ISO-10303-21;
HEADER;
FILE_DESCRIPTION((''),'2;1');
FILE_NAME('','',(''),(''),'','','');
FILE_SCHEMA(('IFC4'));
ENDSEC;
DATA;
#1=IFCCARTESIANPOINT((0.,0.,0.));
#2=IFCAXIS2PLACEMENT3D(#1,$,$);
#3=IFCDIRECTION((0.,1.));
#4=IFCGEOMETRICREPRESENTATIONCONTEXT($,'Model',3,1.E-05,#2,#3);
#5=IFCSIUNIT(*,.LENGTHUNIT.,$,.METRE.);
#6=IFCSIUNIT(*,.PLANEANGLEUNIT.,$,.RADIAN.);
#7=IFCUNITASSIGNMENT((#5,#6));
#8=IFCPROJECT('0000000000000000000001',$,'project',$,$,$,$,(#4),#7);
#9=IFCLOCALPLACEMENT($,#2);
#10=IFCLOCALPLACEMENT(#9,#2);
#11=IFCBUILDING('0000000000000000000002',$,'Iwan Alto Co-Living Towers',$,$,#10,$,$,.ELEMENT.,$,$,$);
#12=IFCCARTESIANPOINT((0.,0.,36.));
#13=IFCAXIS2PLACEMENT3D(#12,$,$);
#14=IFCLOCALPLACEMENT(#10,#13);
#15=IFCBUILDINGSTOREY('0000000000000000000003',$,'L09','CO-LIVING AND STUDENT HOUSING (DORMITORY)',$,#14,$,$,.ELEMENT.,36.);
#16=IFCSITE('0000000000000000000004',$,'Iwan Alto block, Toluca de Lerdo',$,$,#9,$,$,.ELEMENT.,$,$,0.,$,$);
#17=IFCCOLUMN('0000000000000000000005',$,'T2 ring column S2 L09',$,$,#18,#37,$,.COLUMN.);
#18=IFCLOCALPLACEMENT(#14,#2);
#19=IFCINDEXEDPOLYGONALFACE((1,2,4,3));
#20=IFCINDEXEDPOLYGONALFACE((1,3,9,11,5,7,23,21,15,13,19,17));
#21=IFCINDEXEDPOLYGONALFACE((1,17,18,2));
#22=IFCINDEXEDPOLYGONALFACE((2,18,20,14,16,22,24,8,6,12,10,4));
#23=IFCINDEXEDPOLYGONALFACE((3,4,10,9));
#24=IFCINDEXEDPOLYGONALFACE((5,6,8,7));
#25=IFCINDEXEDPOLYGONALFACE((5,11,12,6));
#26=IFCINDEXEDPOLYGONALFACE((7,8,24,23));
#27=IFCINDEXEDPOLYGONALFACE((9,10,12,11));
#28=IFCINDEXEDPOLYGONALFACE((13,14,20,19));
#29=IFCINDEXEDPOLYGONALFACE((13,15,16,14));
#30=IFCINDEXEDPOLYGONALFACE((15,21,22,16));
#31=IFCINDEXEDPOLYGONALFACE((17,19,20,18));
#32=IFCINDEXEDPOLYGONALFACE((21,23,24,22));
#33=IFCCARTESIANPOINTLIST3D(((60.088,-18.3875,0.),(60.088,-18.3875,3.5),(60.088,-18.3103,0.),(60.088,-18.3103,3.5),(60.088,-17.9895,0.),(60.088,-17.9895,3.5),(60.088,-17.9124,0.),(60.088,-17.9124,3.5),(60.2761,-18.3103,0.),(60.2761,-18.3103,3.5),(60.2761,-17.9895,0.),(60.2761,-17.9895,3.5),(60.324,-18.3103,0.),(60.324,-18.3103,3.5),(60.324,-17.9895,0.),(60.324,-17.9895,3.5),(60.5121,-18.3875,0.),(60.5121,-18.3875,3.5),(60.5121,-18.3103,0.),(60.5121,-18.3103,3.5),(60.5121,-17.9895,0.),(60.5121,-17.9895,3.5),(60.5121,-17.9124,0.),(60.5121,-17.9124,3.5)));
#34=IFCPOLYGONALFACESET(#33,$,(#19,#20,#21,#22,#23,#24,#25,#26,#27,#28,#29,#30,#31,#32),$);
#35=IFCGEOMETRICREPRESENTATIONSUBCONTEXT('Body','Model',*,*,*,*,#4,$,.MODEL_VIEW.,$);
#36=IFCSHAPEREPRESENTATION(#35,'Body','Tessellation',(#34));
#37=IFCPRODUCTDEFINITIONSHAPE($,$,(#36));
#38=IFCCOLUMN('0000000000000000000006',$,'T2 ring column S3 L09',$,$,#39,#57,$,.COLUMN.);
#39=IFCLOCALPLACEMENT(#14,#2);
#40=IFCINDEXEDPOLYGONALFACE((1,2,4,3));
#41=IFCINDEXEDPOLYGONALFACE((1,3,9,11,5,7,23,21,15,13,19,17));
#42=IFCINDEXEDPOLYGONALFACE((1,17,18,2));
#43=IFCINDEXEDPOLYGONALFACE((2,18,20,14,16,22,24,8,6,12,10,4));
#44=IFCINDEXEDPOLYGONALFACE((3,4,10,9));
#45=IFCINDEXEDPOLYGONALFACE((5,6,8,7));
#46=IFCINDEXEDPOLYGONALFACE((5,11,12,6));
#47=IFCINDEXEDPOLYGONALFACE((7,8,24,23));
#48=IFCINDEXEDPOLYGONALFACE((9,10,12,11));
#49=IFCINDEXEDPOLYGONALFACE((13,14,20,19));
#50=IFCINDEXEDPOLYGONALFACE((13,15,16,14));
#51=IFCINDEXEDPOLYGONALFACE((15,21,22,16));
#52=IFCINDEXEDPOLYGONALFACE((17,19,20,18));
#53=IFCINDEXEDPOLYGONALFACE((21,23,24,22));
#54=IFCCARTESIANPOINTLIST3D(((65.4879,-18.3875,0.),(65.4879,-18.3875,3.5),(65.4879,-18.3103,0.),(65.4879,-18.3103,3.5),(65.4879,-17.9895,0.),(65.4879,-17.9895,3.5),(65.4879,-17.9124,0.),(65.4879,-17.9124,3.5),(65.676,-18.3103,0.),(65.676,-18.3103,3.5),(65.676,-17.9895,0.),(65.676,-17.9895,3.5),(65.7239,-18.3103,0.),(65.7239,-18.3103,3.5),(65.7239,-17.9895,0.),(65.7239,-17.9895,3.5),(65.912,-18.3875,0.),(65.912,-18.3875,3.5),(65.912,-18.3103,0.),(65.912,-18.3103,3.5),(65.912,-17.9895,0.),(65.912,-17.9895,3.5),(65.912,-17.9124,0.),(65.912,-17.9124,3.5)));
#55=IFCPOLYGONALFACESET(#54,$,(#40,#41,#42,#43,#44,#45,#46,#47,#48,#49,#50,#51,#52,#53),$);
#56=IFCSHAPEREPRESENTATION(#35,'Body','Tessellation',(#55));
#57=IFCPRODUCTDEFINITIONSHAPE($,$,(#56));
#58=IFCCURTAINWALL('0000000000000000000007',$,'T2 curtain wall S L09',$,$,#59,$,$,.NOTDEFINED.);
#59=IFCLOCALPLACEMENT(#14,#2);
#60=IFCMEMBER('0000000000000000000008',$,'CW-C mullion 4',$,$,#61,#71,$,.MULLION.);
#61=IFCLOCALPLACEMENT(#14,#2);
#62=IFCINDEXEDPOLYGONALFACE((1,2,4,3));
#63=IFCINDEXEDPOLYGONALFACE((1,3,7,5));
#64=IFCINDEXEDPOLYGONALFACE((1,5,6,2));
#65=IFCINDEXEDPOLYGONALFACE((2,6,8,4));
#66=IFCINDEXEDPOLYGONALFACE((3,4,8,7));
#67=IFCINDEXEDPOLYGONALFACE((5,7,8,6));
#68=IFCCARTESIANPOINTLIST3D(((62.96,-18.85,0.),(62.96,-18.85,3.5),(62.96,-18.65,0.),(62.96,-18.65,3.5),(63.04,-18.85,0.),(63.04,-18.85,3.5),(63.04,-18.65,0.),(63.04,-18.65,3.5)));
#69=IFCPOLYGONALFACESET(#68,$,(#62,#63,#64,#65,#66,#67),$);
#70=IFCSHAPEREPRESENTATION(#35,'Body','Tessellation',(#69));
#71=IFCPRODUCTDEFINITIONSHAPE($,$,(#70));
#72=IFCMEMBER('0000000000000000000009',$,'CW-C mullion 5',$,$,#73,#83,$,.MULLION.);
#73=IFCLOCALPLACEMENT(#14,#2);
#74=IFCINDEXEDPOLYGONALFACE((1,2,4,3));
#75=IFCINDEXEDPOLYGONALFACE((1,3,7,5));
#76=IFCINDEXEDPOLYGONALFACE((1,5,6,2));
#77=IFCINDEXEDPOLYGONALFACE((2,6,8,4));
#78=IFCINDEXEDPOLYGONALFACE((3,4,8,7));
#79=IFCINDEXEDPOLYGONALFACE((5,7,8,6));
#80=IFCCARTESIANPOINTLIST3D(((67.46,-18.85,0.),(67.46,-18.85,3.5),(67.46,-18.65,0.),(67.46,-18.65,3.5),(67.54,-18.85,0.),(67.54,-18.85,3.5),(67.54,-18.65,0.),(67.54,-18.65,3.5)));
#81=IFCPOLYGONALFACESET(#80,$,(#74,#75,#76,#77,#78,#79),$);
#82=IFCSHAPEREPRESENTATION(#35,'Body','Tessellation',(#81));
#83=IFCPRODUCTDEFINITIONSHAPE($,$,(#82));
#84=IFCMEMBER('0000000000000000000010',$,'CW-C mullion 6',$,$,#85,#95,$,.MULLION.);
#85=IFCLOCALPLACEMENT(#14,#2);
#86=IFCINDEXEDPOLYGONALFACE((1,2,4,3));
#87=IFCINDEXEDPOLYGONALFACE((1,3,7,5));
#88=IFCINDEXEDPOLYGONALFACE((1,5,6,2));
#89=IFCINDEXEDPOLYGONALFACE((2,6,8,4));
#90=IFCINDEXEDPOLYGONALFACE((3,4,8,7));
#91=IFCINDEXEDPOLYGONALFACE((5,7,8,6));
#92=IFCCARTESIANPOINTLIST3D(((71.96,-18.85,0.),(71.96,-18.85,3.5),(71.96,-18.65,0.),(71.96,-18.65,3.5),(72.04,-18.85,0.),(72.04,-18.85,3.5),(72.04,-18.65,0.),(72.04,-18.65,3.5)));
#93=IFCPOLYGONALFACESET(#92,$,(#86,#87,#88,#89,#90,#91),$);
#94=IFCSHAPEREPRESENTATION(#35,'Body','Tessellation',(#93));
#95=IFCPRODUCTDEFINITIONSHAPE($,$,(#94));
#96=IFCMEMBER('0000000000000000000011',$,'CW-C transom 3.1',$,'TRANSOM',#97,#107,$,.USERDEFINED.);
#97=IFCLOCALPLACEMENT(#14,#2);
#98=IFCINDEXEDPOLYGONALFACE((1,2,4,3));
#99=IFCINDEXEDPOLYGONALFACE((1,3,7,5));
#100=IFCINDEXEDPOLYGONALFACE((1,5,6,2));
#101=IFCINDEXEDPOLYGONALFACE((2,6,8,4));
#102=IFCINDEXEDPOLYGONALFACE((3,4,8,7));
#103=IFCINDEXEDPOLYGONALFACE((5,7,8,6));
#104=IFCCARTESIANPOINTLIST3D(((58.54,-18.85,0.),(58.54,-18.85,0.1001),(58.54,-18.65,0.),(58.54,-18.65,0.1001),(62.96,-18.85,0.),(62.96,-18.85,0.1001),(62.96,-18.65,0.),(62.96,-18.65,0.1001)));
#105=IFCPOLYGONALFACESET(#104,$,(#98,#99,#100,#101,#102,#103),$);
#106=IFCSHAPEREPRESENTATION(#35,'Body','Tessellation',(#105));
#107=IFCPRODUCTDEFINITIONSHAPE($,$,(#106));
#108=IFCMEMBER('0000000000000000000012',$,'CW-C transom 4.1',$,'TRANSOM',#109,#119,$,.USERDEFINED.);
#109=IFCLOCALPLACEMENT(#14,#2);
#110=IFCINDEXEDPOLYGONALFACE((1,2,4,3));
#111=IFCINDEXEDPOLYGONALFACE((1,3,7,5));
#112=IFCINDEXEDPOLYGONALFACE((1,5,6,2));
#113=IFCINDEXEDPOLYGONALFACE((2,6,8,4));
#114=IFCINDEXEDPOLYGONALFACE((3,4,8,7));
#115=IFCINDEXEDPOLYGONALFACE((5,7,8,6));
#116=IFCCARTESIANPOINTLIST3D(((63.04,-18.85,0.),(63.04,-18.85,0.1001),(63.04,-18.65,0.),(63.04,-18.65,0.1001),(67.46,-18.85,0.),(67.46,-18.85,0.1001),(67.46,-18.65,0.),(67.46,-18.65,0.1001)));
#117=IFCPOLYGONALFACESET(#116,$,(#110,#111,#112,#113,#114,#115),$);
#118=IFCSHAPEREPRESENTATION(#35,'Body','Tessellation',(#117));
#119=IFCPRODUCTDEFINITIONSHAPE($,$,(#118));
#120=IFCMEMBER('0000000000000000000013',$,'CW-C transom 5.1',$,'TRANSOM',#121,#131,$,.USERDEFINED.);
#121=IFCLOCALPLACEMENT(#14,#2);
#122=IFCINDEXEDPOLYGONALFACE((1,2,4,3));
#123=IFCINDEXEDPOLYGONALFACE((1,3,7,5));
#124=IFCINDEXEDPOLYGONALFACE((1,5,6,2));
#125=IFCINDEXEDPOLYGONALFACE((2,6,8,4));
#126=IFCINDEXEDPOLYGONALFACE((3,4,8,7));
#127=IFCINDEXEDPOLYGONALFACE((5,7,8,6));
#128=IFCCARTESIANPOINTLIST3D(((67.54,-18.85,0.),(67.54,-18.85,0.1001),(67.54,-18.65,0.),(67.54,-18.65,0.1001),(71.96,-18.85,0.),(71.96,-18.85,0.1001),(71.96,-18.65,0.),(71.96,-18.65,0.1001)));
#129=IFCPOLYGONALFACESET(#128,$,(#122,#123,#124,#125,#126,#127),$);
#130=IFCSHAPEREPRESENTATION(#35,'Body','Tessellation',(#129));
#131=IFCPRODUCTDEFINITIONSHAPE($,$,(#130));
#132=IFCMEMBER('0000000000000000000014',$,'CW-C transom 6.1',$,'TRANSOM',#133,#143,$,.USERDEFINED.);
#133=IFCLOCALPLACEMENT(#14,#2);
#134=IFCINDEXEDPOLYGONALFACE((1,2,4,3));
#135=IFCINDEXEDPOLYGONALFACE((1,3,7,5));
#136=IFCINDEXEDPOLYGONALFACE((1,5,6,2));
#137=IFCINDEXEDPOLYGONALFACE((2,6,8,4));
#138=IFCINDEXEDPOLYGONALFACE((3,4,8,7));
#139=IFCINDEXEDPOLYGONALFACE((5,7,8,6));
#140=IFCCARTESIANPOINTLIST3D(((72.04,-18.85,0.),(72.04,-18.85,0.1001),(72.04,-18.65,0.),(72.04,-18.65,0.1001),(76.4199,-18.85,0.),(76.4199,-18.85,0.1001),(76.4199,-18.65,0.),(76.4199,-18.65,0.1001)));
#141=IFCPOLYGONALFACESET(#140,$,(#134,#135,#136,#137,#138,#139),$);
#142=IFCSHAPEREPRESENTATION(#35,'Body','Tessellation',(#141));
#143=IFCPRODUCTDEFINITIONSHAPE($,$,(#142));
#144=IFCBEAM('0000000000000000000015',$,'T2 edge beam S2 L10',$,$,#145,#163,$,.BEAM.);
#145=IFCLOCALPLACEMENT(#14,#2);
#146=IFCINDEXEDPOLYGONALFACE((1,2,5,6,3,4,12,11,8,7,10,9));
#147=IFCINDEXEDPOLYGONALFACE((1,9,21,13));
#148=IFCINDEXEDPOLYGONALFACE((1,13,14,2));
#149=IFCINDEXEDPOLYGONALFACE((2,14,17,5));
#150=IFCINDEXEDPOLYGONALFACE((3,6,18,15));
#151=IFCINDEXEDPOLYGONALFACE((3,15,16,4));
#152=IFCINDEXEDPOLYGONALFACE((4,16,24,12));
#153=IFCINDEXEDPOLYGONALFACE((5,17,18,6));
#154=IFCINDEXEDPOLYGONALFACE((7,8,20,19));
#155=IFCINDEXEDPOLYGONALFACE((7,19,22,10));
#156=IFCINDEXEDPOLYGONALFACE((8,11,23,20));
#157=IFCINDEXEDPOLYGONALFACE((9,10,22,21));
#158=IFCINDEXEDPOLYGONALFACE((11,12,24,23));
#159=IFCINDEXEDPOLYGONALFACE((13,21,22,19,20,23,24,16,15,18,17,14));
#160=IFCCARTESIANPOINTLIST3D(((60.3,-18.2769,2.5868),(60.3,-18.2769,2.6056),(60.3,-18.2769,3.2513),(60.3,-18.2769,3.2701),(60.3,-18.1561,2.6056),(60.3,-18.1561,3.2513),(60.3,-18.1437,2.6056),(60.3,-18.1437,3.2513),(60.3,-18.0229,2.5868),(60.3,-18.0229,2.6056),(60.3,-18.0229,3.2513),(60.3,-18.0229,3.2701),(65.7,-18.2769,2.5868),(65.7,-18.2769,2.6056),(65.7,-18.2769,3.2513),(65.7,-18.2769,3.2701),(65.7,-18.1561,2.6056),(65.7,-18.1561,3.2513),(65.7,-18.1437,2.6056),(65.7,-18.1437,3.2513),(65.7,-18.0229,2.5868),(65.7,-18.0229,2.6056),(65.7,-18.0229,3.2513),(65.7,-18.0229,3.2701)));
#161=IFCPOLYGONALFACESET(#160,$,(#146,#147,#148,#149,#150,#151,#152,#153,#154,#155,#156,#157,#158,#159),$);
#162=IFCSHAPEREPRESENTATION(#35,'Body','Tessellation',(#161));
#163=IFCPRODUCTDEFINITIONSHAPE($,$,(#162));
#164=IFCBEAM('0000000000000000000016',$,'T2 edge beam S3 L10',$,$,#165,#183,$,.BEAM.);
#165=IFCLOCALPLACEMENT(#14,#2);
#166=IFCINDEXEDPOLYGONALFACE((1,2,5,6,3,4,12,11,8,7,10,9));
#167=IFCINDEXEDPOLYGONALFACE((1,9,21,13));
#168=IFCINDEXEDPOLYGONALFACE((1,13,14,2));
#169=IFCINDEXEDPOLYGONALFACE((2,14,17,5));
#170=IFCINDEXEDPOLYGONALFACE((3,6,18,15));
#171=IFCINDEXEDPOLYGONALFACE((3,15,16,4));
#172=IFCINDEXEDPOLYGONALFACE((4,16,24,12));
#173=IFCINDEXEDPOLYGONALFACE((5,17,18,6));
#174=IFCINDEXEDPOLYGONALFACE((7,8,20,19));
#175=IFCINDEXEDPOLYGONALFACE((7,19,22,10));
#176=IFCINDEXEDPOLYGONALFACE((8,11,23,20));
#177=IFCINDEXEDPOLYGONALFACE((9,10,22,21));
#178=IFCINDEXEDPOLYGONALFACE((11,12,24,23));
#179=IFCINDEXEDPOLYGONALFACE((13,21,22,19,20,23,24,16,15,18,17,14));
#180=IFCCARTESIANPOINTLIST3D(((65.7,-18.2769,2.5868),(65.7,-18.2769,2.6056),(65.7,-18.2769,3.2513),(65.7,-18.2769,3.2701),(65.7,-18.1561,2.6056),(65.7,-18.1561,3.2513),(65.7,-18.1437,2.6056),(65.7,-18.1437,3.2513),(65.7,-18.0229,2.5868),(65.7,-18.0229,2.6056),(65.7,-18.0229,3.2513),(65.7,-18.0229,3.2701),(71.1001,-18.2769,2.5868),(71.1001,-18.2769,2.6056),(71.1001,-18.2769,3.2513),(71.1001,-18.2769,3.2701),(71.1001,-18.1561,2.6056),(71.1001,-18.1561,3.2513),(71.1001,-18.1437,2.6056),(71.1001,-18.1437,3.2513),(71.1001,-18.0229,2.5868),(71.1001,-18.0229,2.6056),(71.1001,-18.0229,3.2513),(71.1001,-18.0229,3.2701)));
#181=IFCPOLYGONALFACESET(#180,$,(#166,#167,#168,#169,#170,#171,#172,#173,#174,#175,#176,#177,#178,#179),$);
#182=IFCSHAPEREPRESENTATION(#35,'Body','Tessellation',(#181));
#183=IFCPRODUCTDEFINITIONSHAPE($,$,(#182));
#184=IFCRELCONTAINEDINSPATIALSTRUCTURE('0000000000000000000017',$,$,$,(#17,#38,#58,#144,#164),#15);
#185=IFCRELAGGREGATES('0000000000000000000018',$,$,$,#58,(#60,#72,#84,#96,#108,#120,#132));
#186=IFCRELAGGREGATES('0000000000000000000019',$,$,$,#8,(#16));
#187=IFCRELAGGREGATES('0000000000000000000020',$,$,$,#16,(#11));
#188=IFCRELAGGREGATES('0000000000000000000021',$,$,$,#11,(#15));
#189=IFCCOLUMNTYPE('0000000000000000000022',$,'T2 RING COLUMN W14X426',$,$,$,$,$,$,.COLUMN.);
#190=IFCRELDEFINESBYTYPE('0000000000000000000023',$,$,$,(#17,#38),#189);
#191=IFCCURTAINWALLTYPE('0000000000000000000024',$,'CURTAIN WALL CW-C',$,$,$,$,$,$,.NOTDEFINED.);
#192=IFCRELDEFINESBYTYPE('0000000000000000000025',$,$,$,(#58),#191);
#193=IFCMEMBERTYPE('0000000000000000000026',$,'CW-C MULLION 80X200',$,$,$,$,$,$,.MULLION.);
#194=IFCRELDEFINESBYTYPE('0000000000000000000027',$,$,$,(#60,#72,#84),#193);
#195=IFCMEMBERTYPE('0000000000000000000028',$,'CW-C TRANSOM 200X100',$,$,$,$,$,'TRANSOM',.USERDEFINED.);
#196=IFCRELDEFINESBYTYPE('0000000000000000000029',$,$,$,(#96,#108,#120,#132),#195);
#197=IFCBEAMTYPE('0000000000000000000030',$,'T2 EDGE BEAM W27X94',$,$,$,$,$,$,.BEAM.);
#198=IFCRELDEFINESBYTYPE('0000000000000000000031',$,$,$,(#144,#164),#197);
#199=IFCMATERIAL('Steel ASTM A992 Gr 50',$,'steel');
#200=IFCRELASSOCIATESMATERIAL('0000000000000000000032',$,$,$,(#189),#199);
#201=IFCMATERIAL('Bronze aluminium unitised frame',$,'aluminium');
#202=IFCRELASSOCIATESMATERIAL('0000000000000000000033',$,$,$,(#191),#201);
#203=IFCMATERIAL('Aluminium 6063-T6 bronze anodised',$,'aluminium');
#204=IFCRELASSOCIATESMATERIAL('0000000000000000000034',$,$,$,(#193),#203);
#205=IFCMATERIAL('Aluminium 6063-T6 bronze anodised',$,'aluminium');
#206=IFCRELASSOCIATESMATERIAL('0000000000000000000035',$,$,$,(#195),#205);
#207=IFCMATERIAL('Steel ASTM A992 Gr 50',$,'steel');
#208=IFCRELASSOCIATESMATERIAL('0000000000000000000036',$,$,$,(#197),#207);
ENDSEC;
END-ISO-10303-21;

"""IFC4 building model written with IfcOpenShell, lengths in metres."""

from ifc_helpers import new_model, si_unit, direction, frame, origin, origin_2d, place, context, subcontext, project, spatial, rectangle, i_section, extrude, material, material_profile, profile_set, type_object, element, aggregate, save


model = new_model("IFC4")

# Units and contexts
model_context = context("Model", 3, precision=1e-05, world=origin(), true_north=direction((0.0, 1.0)))
body_context = subcontext(model_context, "Body", "Model", "MODEL_VIEW")
ifc_project = project(units=[si_unit("LENGTHUNIT", "METRE"), si_unit("PLANEANGLEUNIT", "RADIAN")], contexts=[model_context])

# Site, building, storey
site_placement = place(None, origin())
site = spatial("IfcSite", under=ifc_project, at=site_placement, Name="Iwan Alto block, Toluca de Lerdo", CompositionType="ELEMENT", RefElevation=0.0)
building_placement = place(site_placement, origin())
building = spatial("IfcBuilding", under=site, at=building_placement, Name="Iwan Alto Co-Living Towers", CompositionType="ELEMENT")
storey_placement = place(building_placement, frame((0.0, 0.0, 36.0)))
storey = spatial("IfcBuildingStorey", under=building, at=storey_placement, Name="L09", Description="CO-LIVING AND STUDENT HOUSING (DORMITORY)", CompositionType="ELEMENT", Elevation=36.0)

# Columns
ifc_material_1 = material(Name="Steel ASTM A992 Gr 50", Category="steel")
ifc_material_profile_1 = material_profile(ifc_material_1, i_section(OverallWidth=0.4241, OverallDepth=0.4751, WebThickness=0.0479, FlangeThickness=0.0771, at=origin_2d()), Name="W14X426")
ifc_profile_set_1 = profile_set([ifc_material_profile_1], Name="Steel ASTM A992 Gr 50")
column_type = type_object("IfcColumnType", Name="T2 RING COLUMN W14X426", PredefinedType="COLUMN", material=ifc_profile_set_1)
for number, where, z_axis, x_axis, name in (
    (1, (60.3, -18.1499, 0.0), (0.0, 0.0, 1.0), (1.0, 0.0, 0.0), "T2 ring column S2 L09"),
    (2, (65.7, -18.1499, 0.0), (0.0, 0.0, 1.0), (1.0, 0.0, 0.0), "T2 ring column S3 L09"),
):
    element("IfcColumn", number, at=place(storey_placement, frame(where, z_axis=z_axis, x_axis=x_axis)), inside=storey, type_object=column_type, Name=name, PredefinedType="COLUMN", context=body_context, shape_type="SweptSolid", body=[
        extrude(i_section(OverallWidth=0.4241, OverallDepth=0.4751, WebThickness=0.0479, FlangeThickness=0.0771, at=origin_2d()), origin(), (0.0, 0.0, 1.0), 3.5),
    ])

# Curtain wall, members
ifc_material_2 = material(Name="Bronze aluminium unitised frame", Category="aluminium")
curtain_wall_type = type_object("IfcCurtainWallType", Name="CURTAIN WALL CW-C", PredefinedType="NOTDEFINED", material=ifc_material_2)
curtain_wall_placement = place(storey_placement, origin())
curtain_wall = element("IfcCurtainWall", 3, at=curtain_wall_placement, inside=storey, type_object=curtain_wall_type, Name="T2 curtain wall S L09", PredefinedType="NOTDEFINED")
ifc_material_3 = material(Name="Aluminium 6063-T6 bronze anodised", Category="aluminium")
ifc_material_profile_2 = material_profile(ifc_material_3, rectangle(XDim=0.2, YDim=0.0801, at=origin_2d()), Name="AL 80X200")
ifc_profile_set_2 = profile_set([ifc_material_profile_2], Name="Aluminium 6063-T6 bronze anodised")
member_type_1 = type_object("IfcMemberType", Name="CW-C MULLION 80X200", PredefinedType="MULLION", material=ifc_profile_set_2)
member_1_placement = place(storey_placement, frame((63.0, -18.75, 0.0), z_axis=(0.0, 0.0, 1.0), x_axis=(0.0, 1.0, 0.0)))
member_1 = element("IfcMember", 4, at=member_1_placement, type_object=member_type_1, Name="CW-C mullion 4", PredefinedType="MULLION", context=body_context, shape_type="SweptSolid", body=[
    extrude(rectangle(XDim=0.2, YDim=0.0801, at=origin_2d()), origin(), (0.0, 0.0, 1.0), 3.5),
])
member_2_placement = place(storey_placement, frame((67.5, -18.75, 0.0), z_axis=(0.0, 0.0, 1.0), x_axis=(0.0, 1.0, 0.0)))
member_2 = element("IfcMember", 5, at=member_2_placement, type_object=member_type_1, Name="CW-C mullion 5", PredefinedType="MULLION", context=body_context, shape_type="SweptSolid", body=[
    extrude(rectangle(XDim=0.2, YDim=0.0801, at=origin_2d()), origin(), (0.0, 0.0, 1.0), 3.5),
])
member_3_placement = place(storey_placement, frame((72.0, -18.75, 0.0), z_axis=(0.0, 0.0, 1.0), x_axis=(0.0, 1.0, 0.0)))
member_3 = element("IfcMember", 6, at=member_3_placement, type_object=member_type_1, Name="CW-C mullion 6", PredefinedType="MULLION", context=body_context, shape_type="SweptSolid", body=[
    extrude(rectangle(XDim=0.2, YDim=0.0801, at=origin_2d()), origin(), (0.0, 0.0, 1.0), 3.5),
])
ifc_material_4 = material(Name="Aluminium 6063-T6 bronze anodised", Category="aluminium")
ifc_material_profile_3 = material_profile(ifc_material_4, rectangle(XDim=0.2, YDim=0.1001, at=origin_2d()), Name="AL 200X100")
ifc_profile_set_3 = profile_set([ifc_material_profile_3], Name="Aluminium 6063-T6 bronze anodised")
member_type_2 = type_object("IfcMemberType", Name="CW-C TRANSOM 200X100", ElementType="TRANSOM", PredefinedType="USERDEFINED", material=ifc_profile_set_3)
member_4_placement = place(storey_placement, frame((58.54, -18.75, 0.05), z_axis=(1.0, 0.0, 0.0), x_axis=(0.0, 1.0, 0.0)))
member_4 = element("IfcMember", 7, at=member_4_placement, type_object=member_type_2, Name="CW-C transom 3.1", ObjectType="TRANSOM", PredefinedType="USERDEFINED", context=body_context, shape_type="SweptSolid", body=[
    extrude(rectangle(XDim=0.2, YDim=0.1001, at=origin_2d()), origin(), (0.0, 0.0, 1.0), 4.4199),
])
member_5_placement = place(storey_placement, frame((63.04, -18.75, 0.05), z_axis=(1.0, 0.0, 0.0), x_axis=(0.0, 1.0, 0.0)))
member_5 = element("IfcMember", 8, at=member_5_placement, type_object=member_type_2, Name="CW-C transom 4.1", ObjectType="TRANSOM", PredefinedType="USERDEFINED", context=body_context, shape_type="SweptSolid", body=[
    extrude(rectangle(XDim=0.2, YDim=0.1001, at=origin_2d()), origin(), (0.0, 0.0, 1.0), 4.4199),
])
member_6_placement = place(storey_placement, frame((67.54, -18.75, 0.05), z_axis=(1.0, 0.0, 0.0), x_axis=(0.0, 1.0, 0.0)))
member_6 = element("IfcMember", 9, at=member_6_placement, type_object=member_type_2, Name="CW-C transom 5.1", ObjectType="TRANSOM", PredefinedType="USERDEFINED", context=body_context, shape_type="SweptSolid", body=[
    extrude(rectangle(XDim=0.2, YDim=0.1001, at=origin_2d()), origin(), (0.0, 0.0, 1.0), 4.4199),
])
member_7_placement = place(storey_placement, frame((72.04, -18.75, 0.05), z_axis=(1.0, 0.0, 0.0), x_axis=(0.0, 1.0, 0.0)))
member_7 = element("IfcMember", 10, at=member_7_placement, type_object=member_type_2, Name="CW-C transom 6.1", ObjectType="TRANSOM", PredefinedType="USERDEFINED", context=body_context, shape_type="SweptSolid", body=[
    extrude(rectangle(XDim=0.2, YDim=0.1001, at=origin_2d()), origin(), (0.0, 0.0, 1.0), 4.3799),
])

# Beams
ifc_material_5 = material(Name="Steel ASTM A992 Gr 50", Category="steel")
ifc_material_profile_4 = material_profile(ifc_material_5, i_section(OverallWidth=0.2539, OverallDepth=0.6833, WebThickness=0.0125, FlangeThickness=0.0188, at=origin_2d()), Name="W27X94")
ifc_profile_set_4 = profile_set([ifc_material_profile_4], Name="Steel ASTM A992 Gr 50")
beam_type_1 = type_object("IfcBeamType", Name="T2 EDGE BEAM W27X94", PredefinedType="BEAM", material=ifc_profile_set_4)
beam_1_placement = place(storey_placement, frame((60.3, -18.1499, 2.9285), z_axis=(1.0, 0.0, 0.0), x_axis=(0.0, 1.0, 0.0)))
element("IfcBeam", 11, at=beam_1_placement, inside=storey, type_object=beam_type_1, Name="T2 edge beam S2 L10", PredefinedType="BEAM", context=body_context, shape_type="SweptSolid", body=[
    extrude(i_section(OverallWidth=0.2539, OverallDepth=0.6833, WebThickness=0.0125, FlangeThickness=0.0188, at=origin_2d()), origin(), (0.0, 0.0, 1.0), 5.3999),
])
beam_2_placement = place(storey_placement, frame((65.7, -18.1499, 2.9285), z_axis=(1.0, 0.0, 0.0), x_axis=(0.0, 1.0, 0.0)))
element("IfcBeam", 12, at=beam_2_placement, inside=storey, type_object=beam_type_1, Name="T2 edge beam S3 L10", PredefinedType="BEAM", context=body_context, shape_type="SweptSolid", body=[
    extrude(i_section(OverallWidth=0.2539, OverallDepth=0.6833, WebThickness=0.0125, FlangeThickness=0.0188, at=origin_2d()), origin(), (0.0, 0.0, 1.0), 5.4001),
])

aggregate(curtain_wall, [member_1, member_2, member_3, member_4, member_5, member_6, member_7])

save(model, "model.ifc")
